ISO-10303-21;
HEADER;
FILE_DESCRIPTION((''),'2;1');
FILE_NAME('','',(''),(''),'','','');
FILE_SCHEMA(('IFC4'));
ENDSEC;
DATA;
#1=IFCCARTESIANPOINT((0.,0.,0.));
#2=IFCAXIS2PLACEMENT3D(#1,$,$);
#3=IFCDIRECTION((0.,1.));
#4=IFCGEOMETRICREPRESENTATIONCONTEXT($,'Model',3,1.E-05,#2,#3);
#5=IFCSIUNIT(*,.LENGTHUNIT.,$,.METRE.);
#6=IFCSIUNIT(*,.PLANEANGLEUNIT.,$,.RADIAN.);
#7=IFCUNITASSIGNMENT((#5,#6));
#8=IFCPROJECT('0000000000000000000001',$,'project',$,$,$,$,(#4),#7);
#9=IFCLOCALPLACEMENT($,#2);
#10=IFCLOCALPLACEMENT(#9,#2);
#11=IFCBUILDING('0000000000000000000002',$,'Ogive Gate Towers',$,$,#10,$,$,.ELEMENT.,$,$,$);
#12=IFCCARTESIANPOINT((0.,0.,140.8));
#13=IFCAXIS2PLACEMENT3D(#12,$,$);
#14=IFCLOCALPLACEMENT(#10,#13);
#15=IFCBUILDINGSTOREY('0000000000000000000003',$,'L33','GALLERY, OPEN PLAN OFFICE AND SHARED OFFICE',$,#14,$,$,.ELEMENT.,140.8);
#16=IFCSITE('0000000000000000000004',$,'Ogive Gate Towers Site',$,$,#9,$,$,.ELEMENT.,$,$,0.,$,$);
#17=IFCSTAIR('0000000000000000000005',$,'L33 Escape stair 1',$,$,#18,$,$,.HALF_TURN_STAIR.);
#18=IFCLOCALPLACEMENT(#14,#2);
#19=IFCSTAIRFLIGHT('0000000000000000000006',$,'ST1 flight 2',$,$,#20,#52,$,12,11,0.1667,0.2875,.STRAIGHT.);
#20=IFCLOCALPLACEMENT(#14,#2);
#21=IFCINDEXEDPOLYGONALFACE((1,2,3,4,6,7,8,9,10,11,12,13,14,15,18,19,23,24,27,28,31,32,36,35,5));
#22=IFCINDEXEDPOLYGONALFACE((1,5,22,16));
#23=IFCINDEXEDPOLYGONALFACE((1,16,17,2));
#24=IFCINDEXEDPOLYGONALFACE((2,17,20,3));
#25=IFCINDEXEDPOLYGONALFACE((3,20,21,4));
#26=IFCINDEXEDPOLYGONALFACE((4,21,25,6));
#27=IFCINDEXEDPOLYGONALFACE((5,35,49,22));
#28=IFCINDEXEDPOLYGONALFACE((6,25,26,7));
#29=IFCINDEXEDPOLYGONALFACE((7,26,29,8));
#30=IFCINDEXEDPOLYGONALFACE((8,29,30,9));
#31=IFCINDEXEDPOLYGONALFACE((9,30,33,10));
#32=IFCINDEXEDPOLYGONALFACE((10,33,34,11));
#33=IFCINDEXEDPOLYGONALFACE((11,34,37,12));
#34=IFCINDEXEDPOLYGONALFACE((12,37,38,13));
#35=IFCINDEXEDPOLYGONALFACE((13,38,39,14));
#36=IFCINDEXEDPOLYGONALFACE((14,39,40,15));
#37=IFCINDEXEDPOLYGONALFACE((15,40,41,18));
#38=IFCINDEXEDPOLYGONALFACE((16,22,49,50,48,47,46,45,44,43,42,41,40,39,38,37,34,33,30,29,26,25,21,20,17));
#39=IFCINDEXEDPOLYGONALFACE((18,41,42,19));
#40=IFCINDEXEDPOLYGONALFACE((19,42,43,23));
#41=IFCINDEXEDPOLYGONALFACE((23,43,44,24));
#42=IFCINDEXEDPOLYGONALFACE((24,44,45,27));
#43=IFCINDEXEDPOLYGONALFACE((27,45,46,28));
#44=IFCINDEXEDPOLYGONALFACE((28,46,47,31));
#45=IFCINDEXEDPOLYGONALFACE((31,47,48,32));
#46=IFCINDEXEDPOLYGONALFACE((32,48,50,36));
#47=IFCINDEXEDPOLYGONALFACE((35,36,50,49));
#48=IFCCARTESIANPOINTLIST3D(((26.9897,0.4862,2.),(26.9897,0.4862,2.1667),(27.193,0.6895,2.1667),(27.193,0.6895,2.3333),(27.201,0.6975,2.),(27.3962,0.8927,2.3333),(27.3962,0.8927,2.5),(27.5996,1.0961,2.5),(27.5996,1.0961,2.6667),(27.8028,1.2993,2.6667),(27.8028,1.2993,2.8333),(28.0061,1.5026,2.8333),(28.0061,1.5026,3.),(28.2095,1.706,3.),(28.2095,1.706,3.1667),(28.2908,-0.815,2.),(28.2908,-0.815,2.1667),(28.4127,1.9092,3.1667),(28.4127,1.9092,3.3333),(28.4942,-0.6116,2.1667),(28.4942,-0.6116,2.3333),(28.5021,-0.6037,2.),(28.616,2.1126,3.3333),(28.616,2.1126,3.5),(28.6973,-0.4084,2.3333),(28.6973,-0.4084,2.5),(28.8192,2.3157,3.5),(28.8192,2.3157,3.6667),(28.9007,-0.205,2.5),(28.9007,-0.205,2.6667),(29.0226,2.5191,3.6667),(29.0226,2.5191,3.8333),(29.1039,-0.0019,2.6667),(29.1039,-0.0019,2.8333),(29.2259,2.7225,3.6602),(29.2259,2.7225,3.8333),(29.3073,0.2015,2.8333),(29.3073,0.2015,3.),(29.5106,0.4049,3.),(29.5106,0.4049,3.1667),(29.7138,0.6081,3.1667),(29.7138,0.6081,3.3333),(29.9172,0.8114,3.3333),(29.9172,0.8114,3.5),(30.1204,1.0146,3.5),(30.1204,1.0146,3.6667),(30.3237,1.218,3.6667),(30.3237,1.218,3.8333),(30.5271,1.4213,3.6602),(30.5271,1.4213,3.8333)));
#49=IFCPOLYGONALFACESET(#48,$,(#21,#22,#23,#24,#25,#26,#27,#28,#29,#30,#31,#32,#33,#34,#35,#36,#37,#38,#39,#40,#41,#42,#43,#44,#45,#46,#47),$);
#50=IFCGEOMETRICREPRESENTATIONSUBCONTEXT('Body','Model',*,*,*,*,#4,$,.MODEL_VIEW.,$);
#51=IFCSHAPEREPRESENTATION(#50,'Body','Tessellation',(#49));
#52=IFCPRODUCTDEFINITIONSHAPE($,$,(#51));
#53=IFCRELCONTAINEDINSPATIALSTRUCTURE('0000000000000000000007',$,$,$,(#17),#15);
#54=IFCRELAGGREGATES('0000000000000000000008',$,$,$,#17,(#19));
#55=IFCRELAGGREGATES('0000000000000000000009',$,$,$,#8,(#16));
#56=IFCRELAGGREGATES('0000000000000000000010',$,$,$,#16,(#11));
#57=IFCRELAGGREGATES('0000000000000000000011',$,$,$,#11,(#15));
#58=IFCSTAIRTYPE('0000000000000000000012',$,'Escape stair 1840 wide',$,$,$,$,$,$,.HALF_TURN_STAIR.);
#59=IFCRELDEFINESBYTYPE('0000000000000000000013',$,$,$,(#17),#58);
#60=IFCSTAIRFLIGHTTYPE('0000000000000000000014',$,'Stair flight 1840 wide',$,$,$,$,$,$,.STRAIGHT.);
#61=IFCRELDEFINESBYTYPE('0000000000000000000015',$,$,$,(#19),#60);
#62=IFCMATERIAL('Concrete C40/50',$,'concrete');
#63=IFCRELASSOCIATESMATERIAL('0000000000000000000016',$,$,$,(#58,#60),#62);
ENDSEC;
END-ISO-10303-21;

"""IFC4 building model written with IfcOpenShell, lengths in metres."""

from ifc_helpers import new_model, si_unit, direction, frame, origin, place, context, subcontext, project, spatial, polyline, outline, extrude, material, type_object, element, aggregate, save


model = new_model("IFC4")

# Units and contexts
model_context = context("Model", 3, precision=1e-05, world=origin(), true_north=direction((0.0, 1.0)))
body_context = subcontext(model_context, "Body", "Model", "MODEL_VIEW")
ifc_project = project(units=[si_unit("LENGTHUNIT", "METRE"), si_unit("PLANEANGLEUNIT", "RADIAN")], contexts=[model_context])

# Site, building, storey
site_placement = place(None, origin())
site = spatial("IfcSite", under=ifc_project, at=site_placement, Name="Ogive Gate Towers Site", CompositionType="ELEMENT", RefElevation=0.0)
building_placement = place(site_placement, origin())
building = spatial("IfcBuilding", under=site, at=building_placement, Name="Ogive Gate Towers", CompositionType="ELEMENT")
storey_placement = place(building_placement, frame((0.0, 0.0, 140.8)))
storey = spatial("IfcBuildingStorey", under=building, at=storey_placement, Name="L33", Description="GALLERY, OPEN PLAN OFFICE AND SHARED OFFICE", CompositionType="ELEMENT", Elevation=140.8)

# Stair, stair flight
ifc_material_1 = material(Name="Concrete C40/50", Category="concrete")
stair_type = type_object("IfcStairType", Name="Escape stair 1840 wide", PredefinedType="HALF_TURN_STAIR", material=ifc_material_1)
stair_placement = place(storey_placement, origin())
stair = element("IfcStair", 1, at=stair_placement, inside=storey, type_object=stair_type, Name="L33 Escape stair 1", PredefinedType="HALF_TURN_STAIR")
stair_flight_type = type_object("IfcStairFlightType", Name="Stair flight 1840 wide", PredefinedType="STRAIGHT", material=ifc_material_1)
stair_flight_placement = place(storey_placement, frame((27.6401, -0.1643, 2.0), z_axis=(0.0, 0.0, 1.0), x_axis=(0.707107, 0.707107, 0.0)))
stair_flight = element("IfcStairFlight", 2, at=stair_flight_placement, type_object=stair_flight_type, Name="ST1 flight 2", NumberOfRisers=12, NumberOfTreads=11, PredefinedType="STRAIGHT", RiserHeight=0.1667, TreadLength=0.2875, context=body_context, shape_type="SweptSolid", body=[
    extrude(outline(polyline([(0.0, 0.0), (0.0, 0.1667), (0.2876, 0.1667), (0.2876, 0.3333), (0.575, 0.3333), (0.575, 0.5), (0.8625, 0.5), (0.8625, 0.6667), (1.1499, 0.6667), (1.1499, 0.8333), (1.4375, 0.8333), (1.4375, 1.0), (1.7251, 1.0), (1.7251, 1.1667), (2.0125, 1.1667), (2.0125, 1.3333), (2.3, 1.3333), (2.3, 1.5), (2.5874, 1.5), (2.5874, 1.6667), (2.875, 1.6667), (2.875, 1.8333), (3.1626, 1.8333), (3.1626, 2.0), (3.1626, 1.6602), (0.2988, 0.0), (0.0, 0.0)])), frame((0.0, 0.9199, 0.0), z_axis=(0.0, -1.0, 0.0), x_axis=(1.0, 0.0, 0.0)), (0.0, 0.0, 1.0), 1.8401),
])
aggregate(stair, [stair_flight])

save(model, "model.ifc")
